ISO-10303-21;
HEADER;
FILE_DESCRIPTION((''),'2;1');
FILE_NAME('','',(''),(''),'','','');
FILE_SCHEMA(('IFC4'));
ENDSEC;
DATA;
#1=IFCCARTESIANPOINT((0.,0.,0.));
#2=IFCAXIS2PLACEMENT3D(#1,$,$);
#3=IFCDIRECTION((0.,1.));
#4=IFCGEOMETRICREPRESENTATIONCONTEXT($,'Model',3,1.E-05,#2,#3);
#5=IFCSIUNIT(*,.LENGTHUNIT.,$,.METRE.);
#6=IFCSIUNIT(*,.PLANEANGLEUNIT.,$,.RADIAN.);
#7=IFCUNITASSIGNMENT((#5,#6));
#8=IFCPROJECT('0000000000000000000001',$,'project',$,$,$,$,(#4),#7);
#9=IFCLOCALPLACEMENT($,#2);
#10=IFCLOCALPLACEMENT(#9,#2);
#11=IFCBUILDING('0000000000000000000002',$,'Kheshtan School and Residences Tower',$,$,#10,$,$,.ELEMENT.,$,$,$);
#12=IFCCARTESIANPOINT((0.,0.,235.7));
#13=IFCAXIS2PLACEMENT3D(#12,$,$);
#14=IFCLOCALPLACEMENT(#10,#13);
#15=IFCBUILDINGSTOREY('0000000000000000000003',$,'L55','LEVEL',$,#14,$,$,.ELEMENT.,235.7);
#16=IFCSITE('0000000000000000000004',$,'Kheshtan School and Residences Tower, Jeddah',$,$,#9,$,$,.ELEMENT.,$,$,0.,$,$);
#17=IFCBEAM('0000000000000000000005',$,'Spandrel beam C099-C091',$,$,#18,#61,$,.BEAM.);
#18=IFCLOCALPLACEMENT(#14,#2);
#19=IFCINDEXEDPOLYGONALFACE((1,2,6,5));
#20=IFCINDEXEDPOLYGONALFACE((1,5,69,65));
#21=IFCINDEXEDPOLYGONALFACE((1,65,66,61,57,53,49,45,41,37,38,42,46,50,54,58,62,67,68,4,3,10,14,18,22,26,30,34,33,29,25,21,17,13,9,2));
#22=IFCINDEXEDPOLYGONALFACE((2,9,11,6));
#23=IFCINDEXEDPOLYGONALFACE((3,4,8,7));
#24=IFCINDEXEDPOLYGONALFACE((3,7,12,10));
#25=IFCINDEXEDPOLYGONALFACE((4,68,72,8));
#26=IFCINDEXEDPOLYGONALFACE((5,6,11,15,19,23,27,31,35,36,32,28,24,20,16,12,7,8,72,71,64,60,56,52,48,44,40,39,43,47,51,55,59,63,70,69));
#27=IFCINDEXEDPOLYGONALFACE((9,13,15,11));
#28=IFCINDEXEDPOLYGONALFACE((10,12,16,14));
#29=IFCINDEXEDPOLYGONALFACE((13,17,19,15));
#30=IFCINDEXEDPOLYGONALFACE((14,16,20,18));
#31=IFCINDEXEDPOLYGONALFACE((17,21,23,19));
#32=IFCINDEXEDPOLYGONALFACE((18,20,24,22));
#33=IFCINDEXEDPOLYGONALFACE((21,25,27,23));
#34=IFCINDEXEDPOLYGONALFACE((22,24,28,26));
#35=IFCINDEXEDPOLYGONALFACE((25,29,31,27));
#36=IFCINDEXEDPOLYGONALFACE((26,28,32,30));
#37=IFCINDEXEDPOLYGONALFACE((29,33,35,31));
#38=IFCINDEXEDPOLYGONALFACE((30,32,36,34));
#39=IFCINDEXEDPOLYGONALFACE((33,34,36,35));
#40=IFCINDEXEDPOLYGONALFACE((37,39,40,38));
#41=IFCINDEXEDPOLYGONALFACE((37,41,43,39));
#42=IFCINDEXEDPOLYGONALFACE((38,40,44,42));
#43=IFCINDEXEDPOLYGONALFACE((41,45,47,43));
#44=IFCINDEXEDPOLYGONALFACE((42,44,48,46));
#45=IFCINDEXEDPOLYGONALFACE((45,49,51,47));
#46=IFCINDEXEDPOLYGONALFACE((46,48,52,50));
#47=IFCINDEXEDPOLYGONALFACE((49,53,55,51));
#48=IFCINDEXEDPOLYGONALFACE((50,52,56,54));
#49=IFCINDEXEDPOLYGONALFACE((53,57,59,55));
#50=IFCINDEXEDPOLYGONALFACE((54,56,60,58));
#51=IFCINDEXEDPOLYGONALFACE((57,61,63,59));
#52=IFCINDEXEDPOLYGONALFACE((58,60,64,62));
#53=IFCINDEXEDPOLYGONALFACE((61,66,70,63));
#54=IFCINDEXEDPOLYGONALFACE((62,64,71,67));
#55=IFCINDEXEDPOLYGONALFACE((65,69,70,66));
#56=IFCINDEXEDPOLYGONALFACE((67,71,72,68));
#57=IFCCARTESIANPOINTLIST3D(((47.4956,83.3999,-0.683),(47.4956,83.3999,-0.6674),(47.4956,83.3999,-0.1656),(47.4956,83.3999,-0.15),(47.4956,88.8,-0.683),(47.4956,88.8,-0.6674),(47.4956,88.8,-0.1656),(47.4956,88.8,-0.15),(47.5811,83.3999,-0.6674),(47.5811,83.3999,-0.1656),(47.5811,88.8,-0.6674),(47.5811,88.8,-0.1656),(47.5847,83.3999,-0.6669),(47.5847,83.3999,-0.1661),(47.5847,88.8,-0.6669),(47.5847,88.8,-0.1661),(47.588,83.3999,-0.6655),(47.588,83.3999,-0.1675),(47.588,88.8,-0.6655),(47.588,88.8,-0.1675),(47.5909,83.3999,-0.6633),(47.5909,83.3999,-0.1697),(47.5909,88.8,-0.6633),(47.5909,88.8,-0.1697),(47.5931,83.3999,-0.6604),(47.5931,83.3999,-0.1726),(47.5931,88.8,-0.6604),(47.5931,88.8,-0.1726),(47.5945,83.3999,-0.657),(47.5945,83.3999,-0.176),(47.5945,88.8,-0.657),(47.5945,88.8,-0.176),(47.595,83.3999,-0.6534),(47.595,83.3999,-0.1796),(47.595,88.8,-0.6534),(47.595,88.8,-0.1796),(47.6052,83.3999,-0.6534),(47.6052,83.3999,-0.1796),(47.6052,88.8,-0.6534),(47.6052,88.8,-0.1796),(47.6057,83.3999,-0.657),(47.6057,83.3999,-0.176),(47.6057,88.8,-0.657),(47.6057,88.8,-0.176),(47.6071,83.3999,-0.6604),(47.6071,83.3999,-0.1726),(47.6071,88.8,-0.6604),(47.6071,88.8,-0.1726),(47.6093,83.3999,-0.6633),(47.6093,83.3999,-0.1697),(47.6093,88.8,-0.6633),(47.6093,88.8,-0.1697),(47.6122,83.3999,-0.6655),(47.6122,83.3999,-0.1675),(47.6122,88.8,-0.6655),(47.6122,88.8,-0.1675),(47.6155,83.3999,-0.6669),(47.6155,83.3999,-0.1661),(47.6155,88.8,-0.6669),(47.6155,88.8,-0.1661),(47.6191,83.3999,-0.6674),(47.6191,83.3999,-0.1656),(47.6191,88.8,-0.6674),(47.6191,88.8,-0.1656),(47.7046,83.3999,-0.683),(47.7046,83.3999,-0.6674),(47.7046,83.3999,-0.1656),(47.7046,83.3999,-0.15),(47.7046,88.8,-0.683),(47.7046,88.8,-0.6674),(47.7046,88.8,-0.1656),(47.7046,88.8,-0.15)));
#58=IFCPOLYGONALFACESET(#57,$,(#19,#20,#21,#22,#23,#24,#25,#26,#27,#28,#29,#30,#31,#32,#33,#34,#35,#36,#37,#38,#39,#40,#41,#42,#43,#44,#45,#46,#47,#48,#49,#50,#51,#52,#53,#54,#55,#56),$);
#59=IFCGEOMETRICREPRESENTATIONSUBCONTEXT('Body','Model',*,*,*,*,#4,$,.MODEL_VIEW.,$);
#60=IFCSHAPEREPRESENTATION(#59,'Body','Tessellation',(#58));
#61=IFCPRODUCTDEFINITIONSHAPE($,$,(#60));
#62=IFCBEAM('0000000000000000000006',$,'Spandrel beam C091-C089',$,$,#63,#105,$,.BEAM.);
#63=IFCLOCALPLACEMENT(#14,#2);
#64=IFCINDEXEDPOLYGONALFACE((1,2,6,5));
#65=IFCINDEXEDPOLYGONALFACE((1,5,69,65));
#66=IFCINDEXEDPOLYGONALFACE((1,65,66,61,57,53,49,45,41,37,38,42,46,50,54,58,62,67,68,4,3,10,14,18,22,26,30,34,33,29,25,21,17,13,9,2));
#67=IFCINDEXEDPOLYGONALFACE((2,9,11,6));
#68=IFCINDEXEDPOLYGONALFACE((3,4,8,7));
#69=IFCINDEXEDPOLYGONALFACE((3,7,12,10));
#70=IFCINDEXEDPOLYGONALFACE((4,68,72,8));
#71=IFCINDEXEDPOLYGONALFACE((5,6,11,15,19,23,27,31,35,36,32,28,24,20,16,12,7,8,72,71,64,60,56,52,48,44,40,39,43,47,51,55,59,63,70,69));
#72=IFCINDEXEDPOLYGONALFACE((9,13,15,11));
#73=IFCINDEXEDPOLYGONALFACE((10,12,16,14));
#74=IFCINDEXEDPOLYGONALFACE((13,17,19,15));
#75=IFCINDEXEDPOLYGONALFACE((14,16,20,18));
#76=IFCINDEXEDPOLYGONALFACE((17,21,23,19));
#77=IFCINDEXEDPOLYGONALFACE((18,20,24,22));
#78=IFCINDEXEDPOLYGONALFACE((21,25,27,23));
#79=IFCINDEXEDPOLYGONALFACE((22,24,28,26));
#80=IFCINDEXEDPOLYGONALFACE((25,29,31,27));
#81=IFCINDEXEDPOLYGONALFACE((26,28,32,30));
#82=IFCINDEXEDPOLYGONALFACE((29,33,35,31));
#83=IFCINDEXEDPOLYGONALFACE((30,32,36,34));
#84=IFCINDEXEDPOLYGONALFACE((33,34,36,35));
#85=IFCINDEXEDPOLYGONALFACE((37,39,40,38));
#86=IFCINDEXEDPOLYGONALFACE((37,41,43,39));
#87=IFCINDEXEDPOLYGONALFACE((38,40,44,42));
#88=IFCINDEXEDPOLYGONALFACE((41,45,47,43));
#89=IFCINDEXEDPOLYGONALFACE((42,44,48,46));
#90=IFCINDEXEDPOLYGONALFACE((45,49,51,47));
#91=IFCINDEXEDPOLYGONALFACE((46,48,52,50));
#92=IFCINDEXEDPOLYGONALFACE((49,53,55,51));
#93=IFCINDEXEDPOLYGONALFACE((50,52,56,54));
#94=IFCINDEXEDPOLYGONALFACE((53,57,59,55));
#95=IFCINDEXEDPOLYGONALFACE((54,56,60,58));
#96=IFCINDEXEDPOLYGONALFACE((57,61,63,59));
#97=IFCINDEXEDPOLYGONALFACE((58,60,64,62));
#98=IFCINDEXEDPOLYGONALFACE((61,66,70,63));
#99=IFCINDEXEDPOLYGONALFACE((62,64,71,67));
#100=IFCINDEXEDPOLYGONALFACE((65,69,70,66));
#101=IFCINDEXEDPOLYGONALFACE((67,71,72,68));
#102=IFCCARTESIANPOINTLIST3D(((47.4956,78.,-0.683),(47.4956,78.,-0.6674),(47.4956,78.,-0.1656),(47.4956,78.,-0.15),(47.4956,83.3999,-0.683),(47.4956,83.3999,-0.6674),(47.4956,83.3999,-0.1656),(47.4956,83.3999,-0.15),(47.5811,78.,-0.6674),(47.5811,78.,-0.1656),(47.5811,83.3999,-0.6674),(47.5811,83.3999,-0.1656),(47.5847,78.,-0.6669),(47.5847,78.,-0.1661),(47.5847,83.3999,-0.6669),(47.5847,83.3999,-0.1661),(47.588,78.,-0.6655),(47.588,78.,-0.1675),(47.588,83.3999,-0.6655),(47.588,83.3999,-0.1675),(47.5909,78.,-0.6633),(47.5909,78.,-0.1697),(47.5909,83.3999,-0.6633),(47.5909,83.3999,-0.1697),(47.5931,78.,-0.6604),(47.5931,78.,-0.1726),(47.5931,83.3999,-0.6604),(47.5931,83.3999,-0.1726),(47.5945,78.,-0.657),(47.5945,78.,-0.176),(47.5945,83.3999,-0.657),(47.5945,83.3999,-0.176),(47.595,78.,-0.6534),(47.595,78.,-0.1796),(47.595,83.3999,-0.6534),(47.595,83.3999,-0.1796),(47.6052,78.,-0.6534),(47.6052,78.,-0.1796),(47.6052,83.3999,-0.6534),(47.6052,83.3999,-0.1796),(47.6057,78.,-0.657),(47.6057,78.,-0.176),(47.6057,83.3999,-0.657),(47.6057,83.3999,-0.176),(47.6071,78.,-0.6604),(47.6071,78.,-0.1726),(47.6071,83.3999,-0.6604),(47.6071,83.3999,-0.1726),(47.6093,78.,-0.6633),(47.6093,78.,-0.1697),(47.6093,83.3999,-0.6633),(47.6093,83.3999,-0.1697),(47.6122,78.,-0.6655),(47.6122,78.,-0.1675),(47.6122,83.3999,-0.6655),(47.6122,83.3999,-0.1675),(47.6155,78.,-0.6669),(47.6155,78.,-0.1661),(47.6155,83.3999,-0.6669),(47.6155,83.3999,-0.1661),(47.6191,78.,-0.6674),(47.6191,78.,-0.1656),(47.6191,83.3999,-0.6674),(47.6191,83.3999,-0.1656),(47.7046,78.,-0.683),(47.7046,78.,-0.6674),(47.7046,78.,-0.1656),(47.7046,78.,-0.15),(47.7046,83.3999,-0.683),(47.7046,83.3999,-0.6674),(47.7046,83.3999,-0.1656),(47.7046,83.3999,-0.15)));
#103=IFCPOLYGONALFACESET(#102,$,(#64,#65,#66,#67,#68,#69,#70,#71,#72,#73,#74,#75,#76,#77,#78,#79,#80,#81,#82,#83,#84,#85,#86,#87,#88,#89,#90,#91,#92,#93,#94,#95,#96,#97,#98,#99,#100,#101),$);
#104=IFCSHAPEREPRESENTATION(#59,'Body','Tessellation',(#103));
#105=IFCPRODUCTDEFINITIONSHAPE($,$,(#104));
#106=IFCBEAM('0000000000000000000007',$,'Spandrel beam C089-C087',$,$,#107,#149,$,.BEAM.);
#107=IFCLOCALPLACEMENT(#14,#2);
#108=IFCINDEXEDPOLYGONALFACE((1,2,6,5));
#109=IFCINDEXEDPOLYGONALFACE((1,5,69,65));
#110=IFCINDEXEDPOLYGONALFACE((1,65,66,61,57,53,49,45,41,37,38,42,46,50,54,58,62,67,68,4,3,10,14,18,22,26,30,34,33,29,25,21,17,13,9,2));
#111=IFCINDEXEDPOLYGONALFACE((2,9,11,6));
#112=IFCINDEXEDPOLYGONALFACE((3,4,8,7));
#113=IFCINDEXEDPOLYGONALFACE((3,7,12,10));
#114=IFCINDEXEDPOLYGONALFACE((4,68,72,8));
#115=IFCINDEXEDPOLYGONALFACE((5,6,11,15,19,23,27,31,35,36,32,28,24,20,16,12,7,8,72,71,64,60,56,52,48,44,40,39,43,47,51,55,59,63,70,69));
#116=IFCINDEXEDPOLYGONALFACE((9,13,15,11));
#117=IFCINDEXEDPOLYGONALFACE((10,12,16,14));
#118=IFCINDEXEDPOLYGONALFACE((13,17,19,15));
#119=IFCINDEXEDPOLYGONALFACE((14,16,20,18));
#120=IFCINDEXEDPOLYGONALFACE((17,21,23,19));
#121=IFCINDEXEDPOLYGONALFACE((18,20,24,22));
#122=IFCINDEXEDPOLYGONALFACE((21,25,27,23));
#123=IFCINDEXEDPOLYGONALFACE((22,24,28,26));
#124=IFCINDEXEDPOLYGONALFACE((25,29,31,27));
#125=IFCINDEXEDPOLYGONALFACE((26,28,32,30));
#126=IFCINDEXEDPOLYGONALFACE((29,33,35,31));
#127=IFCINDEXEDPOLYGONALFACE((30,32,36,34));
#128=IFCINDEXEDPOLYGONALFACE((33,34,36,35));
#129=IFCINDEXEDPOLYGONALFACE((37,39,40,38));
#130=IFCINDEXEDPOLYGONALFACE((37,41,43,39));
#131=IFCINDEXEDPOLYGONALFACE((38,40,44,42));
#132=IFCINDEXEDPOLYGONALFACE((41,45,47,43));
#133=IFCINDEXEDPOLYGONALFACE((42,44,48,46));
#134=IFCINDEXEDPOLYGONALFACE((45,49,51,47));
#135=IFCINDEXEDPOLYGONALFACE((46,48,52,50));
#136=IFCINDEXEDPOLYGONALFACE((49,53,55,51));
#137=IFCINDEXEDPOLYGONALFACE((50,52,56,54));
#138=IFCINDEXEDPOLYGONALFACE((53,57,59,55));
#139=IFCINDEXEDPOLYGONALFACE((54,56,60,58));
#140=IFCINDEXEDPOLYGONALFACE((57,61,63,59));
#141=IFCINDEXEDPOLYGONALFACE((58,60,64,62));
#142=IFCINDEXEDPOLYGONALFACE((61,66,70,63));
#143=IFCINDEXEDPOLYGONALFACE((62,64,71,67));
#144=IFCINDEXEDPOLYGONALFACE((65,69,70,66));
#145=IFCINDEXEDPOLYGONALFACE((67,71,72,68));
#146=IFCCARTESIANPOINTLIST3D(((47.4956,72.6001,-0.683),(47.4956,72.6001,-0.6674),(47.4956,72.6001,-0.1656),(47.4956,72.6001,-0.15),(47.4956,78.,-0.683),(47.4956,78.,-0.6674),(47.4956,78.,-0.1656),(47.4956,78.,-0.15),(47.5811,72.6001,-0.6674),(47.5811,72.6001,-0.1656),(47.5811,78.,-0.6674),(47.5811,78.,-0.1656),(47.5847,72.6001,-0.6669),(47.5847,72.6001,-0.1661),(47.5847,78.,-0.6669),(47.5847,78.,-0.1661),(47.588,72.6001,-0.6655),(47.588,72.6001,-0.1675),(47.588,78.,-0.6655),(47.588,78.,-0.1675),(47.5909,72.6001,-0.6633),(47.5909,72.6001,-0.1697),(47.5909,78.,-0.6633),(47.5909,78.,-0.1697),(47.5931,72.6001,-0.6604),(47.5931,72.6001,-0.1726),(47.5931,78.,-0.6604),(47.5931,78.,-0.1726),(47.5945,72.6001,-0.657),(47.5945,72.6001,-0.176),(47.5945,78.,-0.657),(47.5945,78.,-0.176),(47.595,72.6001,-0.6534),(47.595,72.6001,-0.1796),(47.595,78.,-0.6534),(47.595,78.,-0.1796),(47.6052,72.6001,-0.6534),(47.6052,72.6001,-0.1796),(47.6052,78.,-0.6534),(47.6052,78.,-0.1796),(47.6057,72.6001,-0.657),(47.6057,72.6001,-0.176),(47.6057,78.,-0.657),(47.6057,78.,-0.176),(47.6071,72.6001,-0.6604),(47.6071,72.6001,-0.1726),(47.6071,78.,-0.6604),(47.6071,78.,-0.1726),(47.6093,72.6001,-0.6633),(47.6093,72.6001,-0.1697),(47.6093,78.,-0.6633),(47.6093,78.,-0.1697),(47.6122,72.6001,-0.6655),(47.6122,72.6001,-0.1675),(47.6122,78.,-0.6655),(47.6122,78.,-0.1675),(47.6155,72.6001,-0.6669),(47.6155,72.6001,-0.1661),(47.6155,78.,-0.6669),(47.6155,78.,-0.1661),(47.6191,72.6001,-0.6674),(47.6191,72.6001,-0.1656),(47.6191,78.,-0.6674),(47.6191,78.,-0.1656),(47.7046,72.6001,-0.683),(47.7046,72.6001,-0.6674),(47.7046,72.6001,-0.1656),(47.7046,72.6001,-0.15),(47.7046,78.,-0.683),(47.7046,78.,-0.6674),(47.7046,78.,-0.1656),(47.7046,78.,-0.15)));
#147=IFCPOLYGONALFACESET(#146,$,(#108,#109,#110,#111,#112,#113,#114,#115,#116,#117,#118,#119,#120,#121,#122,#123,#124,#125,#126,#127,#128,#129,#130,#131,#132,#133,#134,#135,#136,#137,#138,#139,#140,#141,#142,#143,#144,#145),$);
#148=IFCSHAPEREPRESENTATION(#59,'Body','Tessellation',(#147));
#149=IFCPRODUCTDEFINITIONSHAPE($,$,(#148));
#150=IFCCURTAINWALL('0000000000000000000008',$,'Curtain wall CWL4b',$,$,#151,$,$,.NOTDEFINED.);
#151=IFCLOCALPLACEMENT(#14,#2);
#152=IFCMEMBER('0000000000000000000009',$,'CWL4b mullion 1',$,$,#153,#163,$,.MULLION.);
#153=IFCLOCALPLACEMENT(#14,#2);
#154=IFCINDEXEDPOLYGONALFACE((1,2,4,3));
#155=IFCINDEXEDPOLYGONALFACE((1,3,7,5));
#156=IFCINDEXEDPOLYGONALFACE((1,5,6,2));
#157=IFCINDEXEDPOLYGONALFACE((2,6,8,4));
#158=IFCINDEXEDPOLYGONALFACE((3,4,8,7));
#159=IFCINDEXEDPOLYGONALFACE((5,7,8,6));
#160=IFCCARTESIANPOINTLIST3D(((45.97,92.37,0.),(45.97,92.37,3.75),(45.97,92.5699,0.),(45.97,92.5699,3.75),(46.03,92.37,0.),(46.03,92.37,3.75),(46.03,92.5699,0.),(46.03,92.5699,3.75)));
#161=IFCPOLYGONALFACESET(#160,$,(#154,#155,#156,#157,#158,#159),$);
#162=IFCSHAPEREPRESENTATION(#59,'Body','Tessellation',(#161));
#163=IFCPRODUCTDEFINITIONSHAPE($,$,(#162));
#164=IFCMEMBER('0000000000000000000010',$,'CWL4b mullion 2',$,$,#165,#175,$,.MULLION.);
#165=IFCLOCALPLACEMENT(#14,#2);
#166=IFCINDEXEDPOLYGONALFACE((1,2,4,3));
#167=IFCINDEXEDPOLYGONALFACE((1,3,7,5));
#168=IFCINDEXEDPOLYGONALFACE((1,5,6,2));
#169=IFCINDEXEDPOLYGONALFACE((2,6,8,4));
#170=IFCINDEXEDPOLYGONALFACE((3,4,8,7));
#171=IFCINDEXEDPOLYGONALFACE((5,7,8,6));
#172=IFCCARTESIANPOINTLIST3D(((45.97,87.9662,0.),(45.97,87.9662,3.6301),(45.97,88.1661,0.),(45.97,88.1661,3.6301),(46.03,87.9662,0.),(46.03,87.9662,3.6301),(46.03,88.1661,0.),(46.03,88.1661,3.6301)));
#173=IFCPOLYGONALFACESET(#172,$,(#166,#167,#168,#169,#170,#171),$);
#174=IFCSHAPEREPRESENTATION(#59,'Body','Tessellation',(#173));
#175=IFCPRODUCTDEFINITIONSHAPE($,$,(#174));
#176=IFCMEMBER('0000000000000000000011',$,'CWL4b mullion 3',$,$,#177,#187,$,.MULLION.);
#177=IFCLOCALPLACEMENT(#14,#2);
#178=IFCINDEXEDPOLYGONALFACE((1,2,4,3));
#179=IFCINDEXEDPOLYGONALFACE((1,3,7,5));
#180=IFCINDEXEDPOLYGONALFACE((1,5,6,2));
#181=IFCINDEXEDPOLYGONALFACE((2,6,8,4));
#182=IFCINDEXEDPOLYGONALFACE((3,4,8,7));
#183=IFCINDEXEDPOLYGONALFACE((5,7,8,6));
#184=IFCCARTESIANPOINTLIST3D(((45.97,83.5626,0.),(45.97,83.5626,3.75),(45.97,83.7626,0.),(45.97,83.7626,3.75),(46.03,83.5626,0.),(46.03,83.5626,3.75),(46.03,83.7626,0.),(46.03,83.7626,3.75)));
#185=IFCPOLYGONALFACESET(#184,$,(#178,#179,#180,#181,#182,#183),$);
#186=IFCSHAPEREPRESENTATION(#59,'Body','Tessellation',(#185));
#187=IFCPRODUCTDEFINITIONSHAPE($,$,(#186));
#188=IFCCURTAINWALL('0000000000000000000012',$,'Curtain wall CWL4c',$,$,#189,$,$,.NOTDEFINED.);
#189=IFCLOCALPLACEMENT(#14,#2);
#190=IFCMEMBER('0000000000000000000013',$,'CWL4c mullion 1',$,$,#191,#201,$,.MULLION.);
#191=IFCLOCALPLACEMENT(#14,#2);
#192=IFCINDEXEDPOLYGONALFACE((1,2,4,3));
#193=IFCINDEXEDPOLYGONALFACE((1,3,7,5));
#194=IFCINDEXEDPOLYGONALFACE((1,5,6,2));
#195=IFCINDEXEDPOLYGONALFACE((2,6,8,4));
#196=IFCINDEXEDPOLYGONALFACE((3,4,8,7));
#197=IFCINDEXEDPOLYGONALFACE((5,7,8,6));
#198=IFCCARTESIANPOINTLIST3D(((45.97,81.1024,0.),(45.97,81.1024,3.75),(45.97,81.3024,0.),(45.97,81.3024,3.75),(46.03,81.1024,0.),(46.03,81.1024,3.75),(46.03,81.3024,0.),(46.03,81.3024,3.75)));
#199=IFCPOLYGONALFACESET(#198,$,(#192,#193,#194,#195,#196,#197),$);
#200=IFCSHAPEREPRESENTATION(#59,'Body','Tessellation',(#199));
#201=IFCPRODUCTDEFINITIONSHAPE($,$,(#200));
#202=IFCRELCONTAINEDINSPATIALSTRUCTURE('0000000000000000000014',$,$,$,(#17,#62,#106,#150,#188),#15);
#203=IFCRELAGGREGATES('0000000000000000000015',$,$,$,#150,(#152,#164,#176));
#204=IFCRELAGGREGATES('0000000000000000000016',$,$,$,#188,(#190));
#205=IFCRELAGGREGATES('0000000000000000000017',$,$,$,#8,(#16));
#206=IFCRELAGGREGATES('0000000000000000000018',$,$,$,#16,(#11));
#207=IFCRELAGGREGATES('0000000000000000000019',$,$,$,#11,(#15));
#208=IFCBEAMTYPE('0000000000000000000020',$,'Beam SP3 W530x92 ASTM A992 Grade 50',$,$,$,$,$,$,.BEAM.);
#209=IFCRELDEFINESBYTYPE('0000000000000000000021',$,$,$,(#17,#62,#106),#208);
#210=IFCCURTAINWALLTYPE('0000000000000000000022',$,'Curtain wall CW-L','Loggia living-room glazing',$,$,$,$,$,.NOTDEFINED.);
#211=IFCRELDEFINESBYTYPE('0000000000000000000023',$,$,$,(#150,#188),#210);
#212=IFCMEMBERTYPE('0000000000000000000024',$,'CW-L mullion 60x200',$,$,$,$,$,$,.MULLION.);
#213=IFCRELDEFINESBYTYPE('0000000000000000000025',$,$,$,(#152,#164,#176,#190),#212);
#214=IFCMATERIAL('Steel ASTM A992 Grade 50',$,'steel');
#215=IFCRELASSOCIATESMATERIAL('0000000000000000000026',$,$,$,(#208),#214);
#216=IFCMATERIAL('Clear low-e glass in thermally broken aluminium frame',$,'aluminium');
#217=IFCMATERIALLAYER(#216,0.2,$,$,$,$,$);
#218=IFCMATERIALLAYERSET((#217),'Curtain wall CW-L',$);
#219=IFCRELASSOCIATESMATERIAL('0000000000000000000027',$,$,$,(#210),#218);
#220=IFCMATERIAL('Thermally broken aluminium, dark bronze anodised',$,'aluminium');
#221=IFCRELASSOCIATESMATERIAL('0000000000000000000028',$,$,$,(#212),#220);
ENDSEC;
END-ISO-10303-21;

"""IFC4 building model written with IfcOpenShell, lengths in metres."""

from ifc_helpers import new_model, si_unit, direction, frame, origin, origin_2d, place, context, subcontext, project, spatial, rectangle, i_section, extrude, material, layer, layer_set, material_profile, profile_set, type_object, element, aggregate, save


model = new_model("IFC4")

# Units and contexts
model_context = context("Model", 3, precision=1e-05, world=origin(), true_north=direction((0.0, 1.0)))
body_context = subcontext(model_context, "Body", "Model", "MODEL_VIEW")
ifc_project = project(units=[si_unit("LENGTHUNIT", "METRE"), si_unit("PLANEANGLEUNIT", "RADIAN")], contexts=[model_context])

# Site, building, storey
site_placement = place(None, origin())
site = spatial("IfcSite", under=ifc_project, at=site_placement, Name="Kheshtan School and Residences Tower, Jeddah", CompositionType="ELEMENT", RefElevation=0.0)
building_placement = place(site_placement, origin())
building = spatial("IfcBuilding", under=site, at=building_placement, Name="Kheshtan School and Residences Tower", CompositionType="ELEMENT")
storey_placement = place(building_placement, frame((0.0, 0.0, 235.7)))
storey = spatial("IfcBuildingStorey", under=building, at=storey_placement, Name="L55", Description="LEVEL", CompositionType="ELEMENT", Elevation=235.7)

# Shared definitions
ifc_material_1 = material(Name="Steel ASTM A992 Grade 50", Category="steel")

# Beams
ifc_material_profile_1 = material_profile(ifc_material_1, i_section(OverallWidth=0.209, OverallDepth=0.533, WebThickness=0.0103, FlangeThickness=0.0156, FilletRadius=0.0139, at=origin_2d()), Name="W530x92")
ifc_profile_set_1 = profile_set([ifc_material_profile_1], Name="Steel ASTM A992 Grade 50")
beam_type_1 = type_object("IfcBeamType", Name="Beam SP3 W530x92 ASTM A992 Grade 50", PredefinedType="BEAM", material=ifc_profile_set_1)
beam_1_placement = place(storey_placement, frame((47.6001, 88.8, -0.4165), z_axis=(0.0, -1.0, 0.0), x_axis=(1.0, 0.0, 0.0)))
element("IfcBeam", 1, at=beam_1_placement, inside=storey, type_object=beam_type_1, Name="Spandrel beam C099-C091", PredefinedType="BEAM", context=body_context, shape_type="SweptSolid", body=[
    extrude(i_section(OverallWidth=0.209, OverallDepth=0.533, WebThickness=0.0103, FlangeThickness=0.0156, FilletRadius=0.0139, at=origin_2d()), origin(), (0.0, 0.0, 1.0), 5.4001),
])
for number, where, z_axis, x_axis, name in (
    (2, (47.6001, 83.3999, -0.4165), (0.0, -1.0, 0.0), (1.0, 0.0, 0.0), "Spandrel beam C091-C089"),
    (3, (47.6001, 78.0, -0.4165), (0.0, -1.0, 0.0), (1.0, 0.0, 0.0), "Spandrel beam C089-C087"),
):
    element("IfcBeam", number, at=place(storey_placement, frame(where, z_axis=z_axis, x_axis=x_axis)), inside=storey, type_object=beam_type_1, Name=name, PredefinedType="BEAM", context=body_context, shape_type="SweptSolid", body=[
        extrude(i_section(OverallWidth=0.209, OverallDepth=0.533, WebThickness=0.0103, FlangeThickness=0.0156, FilletRadius=0.0139, at=origin_2d()), origin(), (0.0, 0.0, 1.0), 5.3999),
    ])

# Curtain walls, members
ifc_material_2 = material(Name="Clear low-e glass in thermally broken aluminium frame", Category="aluminium")
ifc_layer_1 = layer(ifc_material_2, 0.2)
ifc_layer_set_1 = layer_set([ifc_layer_1], Name="Curtain wall CW-L")
curtain_wall_type = type_object("IfcCurtainWallType", Name="Curtain wall CW-L", Description="Loggia living-room glazing", PredefinedType="NOTDEFINED", material=ifc_layer_set_1)
curtain_wall_1_placement = place(storey_placement, origin())
curtain_wall_1 = element("IfcCurtainWall", 4, at=curtain_wall_1_placement, inside=storey, type_object=curtain_wall_type, Name="Curtain wall CWL4b", PredefinedType="NOTDEFINED")
ifc_material_3 = material(Name="Thermally broken aluminium, dark bronze anodised", Category="aluminium")
ifc_material_profile_2 = material_profile(ifc_material_3, rectangle(XDim=0.0601, YDim=0.2, at=origin_2d()), Name="CW-L mullion 60x200")
ifc_profile_set_2 = profile_set([ifc_material_profile_2], Name="Thermally broken aluminium, dark bronze anodised")
member_type_1 = type_object("IfcMemberType", Name="CW-L mullion 60x200", PredefinedType="MULLION", material=ifc_profile_set_2)
member_1_placement = place(storey_placement, frame((46.0, 92.47, 0.0), z_axis=(0.0, 0.0, 1.0), x_axis=(1.0, 0.0, 0.0)))
member_1 = element("IfcMember", 5, at=member_1_placement, type_object=member_type_1, Name="CWL4b mullion 1", PredefinedType="MULLION", context=body_context, shape_type="SweptSolid", body=[
    extrude(rectangle(XDim=0.0601, YDim=0.2, at=origin_2d()), origin(), (0.0, 0.0, 1.0), 3.75),
])
member_2_placement = place(storey_placement, frame((46.0, 88.0662, 0.0), z_axis=(0.0, 0.0, 1.0), x_axis=(1.0, 0.0, 0.0)))
member_2 = element("IfcMember", 6, at=member_2_placement, type_object=member_type_1, Name="CWL4b mullion 2", PredefinedType="MULLION", context=body_context, shape_type="SweptSolid", body=[
    extrude(rectangle(XDim=0.0601, YDim=0.2, at=origin_2d()), origin(), (0.0, 0.0, 1.0), 3.6301),
])
member_3_placement = place(storey_placement, frame((46.0, 83.6626, 0.0), z_axis=(0.0, 0.0, 1.0), x_axis=(1.0, 0.0, 0.0)))
member_3 = element("IfcMember", 7, at=member_3_placement, type_object=member_type_1, Name="CWL4b mullion 3", PredefinedType="MULLION", context=body_context, shape_type="SweptSolid", body=[
    extrude(rectangle(XDim=0.0601, YDim=0.2, at=origin_2d()), origin(), (0.0, 0.0, 1.0), 3.75),
])
curtain_wall_2_placement = place(storey_placement, origin())
curtain_wall_2 = element("IfcCurtainWall", 8, at=curtain_wall_2_placement, inside=storey, type_object=curtain_wall_type, Name="Curtain wall CWL4c", PredefinedType="NOTDEFINED")
member_4_placement = place(storey_placement, frame((46.0, 81.2024, 0.0), z_axis=(0.0, 0.0, 1.0), x_axis=(1.0, 0.0, 0.0)))
member_4 = element("IfcMember", 9, at=member_4_placement, type_object=member_type_1, Name="CWL4c mullion 1", PredefinedType="MULLION", context=body_context, shape_type="SweptSolid", body=[
    extrude(rectangle(XDim=0.0601, YDim=0.2, at=origin_2d()), origin(), (0.0, 0.0, 1.0), 3.75),
])

aggregate(curtain_wall_1, [member_1, member_2, member_3])
aggregate(curtain_wall_2, [member_4])

save(model, "model.ifc")
